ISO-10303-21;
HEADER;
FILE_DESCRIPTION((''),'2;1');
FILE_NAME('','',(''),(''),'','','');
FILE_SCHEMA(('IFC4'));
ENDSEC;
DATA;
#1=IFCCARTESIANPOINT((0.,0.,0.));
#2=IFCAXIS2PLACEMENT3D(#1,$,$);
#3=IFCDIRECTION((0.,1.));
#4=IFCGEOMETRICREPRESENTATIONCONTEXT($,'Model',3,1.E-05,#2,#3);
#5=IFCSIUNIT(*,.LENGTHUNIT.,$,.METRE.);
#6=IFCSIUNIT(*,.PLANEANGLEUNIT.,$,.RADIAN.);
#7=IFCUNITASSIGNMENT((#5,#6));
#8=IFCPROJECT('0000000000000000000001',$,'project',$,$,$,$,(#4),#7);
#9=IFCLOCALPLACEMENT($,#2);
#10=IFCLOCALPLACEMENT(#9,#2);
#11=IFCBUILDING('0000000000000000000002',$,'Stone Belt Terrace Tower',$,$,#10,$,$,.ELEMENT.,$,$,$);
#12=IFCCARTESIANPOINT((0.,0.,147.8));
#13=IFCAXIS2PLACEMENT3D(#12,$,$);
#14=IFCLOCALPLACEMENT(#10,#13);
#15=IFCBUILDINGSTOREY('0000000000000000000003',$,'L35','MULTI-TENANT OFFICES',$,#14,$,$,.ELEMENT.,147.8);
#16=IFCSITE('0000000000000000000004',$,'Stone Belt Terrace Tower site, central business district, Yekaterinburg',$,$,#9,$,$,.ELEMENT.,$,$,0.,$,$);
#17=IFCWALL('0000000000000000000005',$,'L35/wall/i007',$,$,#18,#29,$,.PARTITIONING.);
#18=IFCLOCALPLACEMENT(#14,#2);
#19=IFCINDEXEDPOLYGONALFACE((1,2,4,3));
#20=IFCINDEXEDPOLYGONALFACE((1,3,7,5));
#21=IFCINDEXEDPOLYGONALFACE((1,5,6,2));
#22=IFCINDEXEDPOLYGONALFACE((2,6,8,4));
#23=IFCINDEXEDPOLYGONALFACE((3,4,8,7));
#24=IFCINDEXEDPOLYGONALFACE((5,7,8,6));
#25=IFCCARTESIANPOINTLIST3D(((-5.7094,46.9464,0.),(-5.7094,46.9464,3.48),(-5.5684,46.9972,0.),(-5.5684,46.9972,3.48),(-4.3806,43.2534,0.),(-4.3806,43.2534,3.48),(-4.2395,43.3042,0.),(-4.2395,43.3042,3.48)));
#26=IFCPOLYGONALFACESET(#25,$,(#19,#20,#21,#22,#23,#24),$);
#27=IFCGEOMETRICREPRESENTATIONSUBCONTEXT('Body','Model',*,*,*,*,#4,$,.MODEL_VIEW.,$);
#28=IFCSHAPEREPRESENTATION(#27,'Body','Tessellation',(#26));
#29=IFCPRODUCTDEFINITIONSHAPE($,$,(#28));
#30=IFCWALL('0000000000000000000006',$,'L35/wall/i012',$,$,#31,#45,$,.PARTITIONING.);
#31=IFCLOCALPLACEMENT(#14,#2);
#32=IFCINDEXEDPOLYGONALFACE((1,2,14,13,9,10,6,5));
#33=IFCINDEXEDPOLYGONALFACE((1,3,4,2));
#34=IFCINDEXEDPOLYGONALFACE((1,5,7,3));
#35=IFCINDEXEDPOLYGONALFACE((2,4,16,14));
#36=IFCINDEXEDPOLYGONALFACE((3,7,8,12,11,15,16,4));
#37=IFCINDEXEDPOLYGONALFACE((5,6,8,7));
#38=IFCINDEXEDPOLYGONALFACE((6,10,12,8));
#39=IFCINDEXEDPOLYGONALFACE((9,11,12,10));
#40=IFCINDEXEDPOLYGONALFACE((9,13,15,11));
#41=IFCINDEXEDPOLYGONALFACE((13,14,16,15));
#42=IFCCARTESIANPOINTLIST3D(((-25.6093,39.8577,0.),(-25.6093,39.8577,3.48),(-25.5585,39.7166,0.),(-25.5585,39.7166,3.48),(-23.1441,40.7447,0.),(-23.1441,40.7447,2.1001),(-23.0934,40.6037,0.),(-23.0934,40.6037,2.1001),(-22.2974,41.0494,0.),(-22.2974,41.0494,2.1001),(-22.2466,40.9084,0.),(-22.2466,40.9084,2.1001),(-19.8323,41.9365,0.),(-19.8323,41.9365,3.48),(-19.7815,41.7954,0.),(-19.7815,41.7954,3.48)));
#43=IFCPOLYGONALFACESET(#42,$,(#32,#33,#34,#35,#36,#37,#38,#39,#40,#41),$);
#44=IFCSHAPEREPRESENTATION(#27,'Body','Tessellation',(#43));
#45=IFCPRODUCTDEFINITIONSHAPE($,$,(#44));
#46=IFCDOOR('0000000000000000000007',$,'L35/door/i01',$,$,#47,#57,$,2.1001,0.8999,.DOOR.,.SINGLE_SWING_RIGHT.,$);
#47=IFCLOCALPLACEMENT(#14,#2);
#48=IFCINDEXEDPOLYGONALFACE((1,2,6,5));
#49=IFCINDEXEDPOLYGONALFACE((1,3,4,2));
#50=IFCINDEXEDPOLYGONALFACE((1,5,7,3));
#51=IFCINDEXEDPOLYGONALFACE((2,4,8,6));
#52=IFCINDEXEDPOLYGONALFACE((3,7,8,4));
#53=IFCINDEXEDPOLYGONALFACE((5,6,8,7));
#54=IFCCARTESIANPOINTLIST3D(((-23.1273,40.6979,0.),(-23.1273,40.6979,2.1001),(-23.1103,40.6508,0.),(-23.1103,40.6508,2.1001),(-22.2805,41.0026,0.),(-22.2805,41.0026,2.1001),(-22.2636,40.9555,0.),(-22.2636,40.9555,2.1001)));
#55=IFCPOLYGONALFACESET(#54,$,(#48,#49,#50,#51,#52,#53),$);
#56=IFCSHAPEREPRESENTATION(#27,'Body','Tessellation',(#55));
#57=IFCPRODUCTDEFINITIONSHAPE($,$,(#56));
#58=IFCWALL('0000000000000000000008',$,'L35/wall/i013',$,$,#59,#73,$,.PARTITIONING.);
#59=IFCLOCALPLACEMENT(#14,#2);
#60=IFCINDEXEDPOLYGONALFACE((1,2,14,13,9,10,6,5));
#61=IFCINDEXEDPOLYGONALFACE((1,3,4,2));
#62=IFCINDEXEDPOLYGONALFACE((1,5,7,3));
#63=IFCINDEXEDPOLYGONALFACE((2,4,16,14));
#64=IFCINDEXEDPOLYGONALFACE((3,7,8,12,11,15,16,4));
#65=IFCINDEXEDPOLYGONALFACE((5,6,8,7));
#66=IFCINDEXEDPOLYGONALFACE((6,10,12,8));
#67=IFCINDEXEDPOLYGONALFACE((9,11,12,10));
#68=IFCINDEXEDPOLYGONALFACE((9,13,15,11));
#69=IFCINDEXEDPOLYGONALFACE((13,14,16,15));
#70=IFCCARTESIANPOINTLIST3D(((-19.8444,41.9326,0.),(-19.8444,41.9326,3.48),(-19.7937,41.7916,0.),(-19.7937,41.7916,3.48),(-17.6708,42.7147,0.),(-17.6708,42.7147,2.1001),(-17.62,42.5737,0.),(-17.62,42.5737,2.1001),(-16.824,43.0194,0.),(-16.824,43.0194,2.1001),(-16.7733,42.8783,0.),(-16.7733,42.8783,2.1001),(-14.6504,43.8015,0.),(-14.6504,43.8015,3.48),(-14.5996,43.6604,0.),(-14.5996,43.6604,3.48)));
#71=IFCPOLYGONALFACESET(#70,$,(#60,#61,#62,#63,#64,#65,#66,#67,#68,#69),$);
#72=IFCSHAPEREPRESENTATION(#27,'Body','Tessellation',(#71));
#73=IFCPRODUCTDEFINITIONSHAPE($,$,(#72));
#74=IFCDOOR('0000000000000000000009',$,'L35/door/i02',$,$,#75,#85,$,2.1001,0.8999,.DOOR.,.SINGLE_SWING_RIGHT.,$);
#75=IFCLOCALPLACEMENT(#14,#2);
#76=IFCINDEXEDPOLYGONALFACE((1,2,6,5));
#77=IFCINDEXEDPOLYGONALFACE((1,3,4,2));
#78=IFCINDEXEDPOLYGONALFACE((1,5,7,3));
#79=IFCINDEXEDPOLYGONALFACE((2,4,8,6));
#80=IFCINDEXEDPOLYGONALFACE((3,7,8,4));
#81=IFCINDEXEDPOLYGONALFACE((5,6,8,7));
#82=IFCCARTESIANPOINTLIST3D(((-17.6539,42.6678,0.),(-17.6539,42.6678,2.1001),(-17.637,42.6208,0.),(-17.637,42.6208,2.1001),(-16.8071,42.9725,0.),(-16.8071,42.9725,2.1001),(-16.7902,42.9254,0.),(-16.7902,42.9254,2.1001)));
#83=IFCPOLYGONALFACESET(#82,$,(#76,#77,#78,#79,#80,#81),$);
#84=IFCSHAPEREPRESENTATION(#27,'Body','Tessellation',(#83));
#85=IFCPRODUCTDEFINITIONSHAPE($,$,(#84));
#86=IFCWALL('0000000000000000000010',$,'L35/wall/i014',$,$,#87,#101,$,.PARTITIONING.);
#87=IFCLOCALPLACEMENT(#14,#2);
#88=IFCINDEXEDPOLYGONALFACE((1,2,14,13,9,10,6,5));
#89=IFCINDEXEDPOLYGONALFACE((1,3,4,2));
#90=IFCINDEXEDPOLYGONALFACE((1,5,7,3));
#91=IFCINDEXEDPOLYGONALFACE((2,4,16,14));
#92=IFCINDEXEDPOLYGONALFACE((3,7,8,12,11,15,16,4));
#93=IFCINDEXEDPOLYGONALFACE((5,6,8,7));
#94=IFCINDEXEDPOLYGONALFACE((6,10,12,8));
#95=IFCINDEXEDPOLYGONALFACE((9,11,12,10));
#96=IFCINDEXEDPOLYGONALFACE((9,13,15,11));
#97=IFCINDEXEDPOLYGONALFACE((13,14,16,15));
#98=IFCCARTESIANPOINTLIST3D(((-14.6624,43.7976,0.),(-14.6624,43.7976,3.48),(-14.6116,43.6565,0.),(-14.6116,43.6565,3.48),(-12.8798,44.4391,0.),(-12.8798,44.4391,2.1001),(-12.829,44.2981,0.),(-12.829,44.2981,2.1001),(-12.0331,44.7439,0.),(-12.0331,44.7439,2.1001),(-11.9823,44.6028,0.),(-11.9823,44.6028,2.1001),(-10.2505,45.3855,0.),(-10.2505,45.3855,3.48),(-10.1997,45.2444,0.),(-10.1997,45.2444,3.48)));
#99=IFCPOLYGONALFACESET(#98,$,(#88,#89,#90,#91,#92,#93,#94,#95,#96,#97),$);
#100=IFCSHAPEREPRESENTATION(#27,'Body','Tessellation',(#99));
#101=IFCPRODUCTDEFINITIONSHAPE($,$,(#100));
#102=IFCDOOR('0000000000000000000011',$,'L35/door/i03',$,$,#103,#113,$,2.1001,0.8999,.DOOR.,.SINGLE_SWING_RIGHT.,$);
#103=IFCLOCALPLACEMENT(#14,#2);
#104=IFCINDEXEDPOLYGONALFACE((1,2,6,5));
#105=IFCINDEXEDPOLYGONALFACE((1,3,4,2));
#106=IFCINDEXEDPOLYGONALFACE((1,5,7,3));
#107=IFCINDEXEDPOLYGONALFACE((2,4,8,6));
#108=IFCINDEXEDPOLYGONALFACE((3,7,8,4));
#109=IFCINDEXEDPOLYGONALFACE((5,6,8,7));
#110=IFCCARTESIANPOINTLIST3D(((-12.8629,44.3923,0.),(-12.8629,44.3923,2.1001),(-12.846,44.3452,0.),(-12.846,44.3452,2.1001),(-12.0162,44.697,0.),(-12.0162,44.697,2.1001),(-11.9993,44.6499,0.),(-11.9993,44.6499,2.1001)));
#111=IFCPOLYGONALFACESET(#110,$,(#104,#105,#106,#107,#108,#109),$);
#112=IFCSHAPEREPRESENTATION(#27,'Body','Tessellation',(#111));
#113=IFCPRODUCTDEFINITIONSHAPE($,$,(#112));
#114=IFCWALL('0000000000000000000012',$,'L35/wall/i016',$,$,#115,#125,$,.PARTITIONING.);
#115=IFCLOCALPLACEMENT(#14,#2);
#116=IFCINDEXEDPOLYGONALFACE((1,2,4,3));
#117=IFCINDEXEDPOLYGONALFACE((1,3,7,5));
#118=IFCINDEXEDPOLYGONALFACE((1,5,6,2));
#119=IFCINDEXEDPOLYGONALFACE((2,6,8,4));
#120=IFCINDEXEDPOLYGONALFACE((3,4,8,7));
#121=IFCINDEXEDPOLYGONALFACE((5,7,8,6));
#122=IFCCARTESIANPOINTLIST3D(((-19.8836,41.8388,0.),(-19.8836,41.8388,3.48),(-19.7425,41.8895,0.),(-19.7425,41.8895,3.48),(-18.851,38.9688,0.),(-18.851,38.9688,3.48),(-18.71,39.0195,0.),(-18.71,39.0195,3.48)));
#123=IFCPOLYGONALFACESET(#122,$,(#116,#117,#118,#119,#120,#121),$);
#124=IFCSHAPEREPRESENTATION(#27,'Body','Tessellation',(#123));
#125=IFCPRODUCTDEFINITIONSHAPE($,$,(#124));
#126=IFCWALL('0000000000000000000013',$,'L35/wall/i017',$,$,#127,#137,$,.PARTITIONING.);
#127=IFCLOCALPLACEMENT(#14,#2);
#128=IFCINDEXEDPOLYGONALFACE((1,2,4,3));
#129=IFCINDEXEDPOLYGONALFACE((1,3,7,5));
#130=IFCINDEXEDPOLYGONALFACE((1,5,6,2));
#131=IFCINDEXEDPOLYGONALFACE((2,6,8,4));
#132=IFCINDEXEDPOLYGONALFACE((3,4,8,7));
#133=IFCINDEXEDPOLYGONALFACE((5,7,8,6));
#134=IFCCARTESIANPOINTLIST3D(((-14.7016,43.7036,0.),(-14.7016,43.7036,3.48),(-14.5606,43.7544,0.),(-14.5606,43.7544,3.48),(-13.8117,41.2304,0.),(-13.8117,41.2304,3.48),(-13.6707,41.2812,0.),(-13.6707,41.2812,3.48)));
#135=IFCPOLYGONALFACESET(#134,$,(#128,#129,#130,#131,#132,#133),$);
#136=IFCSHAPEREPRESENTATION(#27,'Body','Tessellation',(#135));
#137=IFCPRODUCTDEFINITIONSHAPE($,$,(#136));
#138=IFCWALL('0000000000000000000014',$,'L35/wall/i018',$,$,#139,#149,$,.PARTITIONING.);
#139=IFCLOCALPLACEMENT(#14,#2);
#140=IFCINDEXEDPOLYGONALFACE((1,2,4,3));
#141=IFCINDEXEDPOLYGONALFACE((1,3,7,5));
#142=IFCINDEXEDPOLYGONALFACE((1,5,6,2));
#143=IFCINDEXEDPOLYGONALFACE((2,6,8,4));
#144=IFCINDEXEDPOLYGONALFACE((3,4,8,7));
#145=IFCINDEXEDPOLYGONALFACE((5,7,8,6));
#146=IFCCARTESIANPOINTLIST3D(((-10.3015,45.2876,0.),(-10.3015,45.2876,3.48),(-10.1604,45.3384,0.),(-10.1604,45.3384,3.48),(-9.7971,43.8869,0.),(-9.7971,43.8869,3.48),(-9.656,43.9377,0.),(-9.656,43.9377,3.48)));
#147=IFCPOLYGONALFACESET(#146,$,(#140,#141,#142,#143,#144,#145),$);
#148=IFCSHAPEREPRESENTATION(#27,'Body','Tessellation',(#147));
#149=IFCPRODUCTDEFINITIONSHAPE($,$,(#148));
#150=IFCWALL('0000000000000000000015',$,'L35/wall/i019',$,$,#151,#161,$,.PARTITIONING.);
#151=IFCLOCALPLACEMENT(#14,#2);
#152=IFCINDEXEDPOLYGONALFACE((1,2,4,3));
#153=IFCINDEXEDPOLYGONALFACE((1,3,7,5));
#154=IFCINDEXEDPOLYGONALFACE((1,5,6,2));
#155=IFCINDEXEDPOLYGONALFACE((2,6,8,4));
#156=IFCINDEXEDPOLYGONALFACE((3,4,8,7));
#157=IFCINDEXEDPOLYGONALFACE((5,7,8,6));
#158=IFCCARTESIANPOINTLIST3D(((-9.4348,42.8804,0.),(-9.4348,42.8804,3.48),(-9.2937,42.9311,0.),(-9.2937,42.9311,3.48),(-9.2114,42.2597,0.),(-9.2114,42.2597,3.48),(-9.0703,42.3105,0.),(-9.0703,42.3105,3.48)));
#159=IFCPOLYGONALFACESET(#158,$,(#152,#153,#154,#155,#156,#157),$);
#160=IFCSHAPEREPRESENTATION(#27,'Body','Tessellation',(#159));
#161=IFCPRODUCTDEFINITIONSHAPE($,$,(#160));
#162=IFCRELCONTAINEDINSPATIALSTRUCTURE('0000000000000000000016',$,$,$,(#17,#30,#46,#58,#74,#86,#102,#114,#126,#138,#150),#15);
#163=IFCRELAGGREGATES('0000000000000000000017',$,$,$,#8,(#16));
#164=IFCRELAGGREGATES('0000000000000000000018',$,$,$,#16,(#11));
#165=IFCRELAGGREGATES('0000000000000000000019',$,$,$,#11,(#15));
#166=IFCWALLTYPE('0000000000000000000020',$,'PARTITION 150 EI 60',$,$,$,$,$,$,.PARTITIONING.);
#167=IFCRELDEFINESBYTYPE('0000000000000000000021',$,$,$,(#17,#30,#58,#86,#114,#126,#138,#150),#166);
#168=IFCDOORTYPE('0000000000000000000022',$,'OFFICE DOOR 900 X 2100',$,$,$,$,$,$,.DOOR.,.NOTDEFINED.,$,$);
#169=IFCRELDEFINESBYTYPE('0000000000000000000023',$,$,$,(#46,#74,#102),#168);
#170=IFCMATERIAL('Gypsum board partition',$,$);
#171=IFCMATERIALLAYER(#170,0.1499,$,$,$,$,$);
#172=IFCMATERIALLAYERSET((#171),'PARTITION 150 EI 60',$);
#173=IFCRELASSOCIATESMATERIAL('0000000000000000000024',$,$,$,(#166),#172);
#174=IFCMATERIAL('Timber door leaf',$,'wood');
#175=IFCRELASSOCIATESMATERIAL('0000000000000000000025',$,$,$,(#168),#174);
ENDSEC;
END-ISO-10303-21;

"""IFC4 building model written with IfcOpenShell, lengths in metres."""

from ifc_helpers import new_model, si_unit, direction, frame, frame_2d, origin, place, context, subcontext, project, spatial, rectangle, extrude, material, layer, layer_set, type_object, element, fill, save


model = new_model("IFC4")

# Units and contexts
model_context = context("Model", 3, precision=1e-05, world=origin(), true_north=direction((0.0, 1.0)))
body_context = subcontext(model_context, "Body", "Model", "MODEL_VIEW")
ifc_project = project(units=[si_unit("LENGTHUNIT", "METRE"), si_unit("PLANEANGLEUNIT", "RADIAN")], contexts=[model_context])

# Site, building, storey
site_placement = place(None, origin())
site = spatial("IfcSite", under=ifc_project, at=site_placement, Name="Stone Belt Terrace Tower site, central business district, Yekaterinburg", CompositionType="ELEMENT", RefElevation=0.0)
building_placement = place(site_placement, origin())
building = spatial("IfcBuilding", under=site, at=building_placement, Name="Stone Belt Terrace Tower", CompositionType="ELEMENT")
storey_placement = place(building_placement, frame((0.0, 0.0, 147.8)))
storey = spatial("IfcBuildingStorey", under=building, at=storey_placement, Name="L35", Description="MULTI-TENANT OFFICES", CompositionType="ELEMENT", Elevation=147.8)

# Shared definitions
ifc_material_1 = material(Name="Timber door leaf", Category="wood")

# Wall
ifc_material_2 = material(Name="Gypsum board partition")
ifc_layer_1 = layer(ifc_material_2, 0.1499)
ifc_layer_set_1 = layer_set([ifc_layer_1], Name="PARTITION 150 EI 60")
wall_type_1 = type_object("IfcWallType", Name="PARTITION 150 EI 60", PredefinedType="PARTITIONING", material=ifc_layer_set_1)
wall_1_placement = place(storey_placement, frame((-4.3101, 43.2788, 0.0), z_axis=(0.0, 0.0, 1.0), x_axis=(-0.33857, 0.940941, 0.0)))
element("IfcWall", 1, at=wall_1_placement, inside=storey, type_object=wall_type_1, Name="L35/wall/i007", PredefinedType="PARTITIONING", context=body_context, shape_type="SweptSolid", body=[
    extrude(rectangle(XDim=3.9248, YDim=0.1499, at=frame_2d((1.9624, 0.0))), origin(), (0.0, 0.0, 1.0), 3.48),
])

# Walls, openings, doors
wall_2_placement = place(storey_placement, frame((-19.8069, 41.866, 0.0), z_axis=(0.0, 0.0, 1.0), x_axis=(-0.940934, -0.33859, 0.0)))
wall_2 = element("IfcWall", 2, at=wall_2_placement, inside=storey, type_object=wall_type_1, Name="L35/wall/i012", PredefinedType="PARTITIONING", context=body_context, shape_type="SweptSolid", body=[
    extrude(rectangle(XDim=6.1396, YDim=0.1499, at=frame_2d((3.0698, 0.0))), origin(), (0.0, 0.0, 1.0), 3.48),
])
opening_1_placement = place(wall_2_placement, frame((2.6199, 0.0, 0.0)))
opening_1 = element("IfcOpeningElement", 3, at=opening_1_placement, cuts=wall_2, PredefinedType="OPENING", context=body_context, shape_type="SweptSolid", body=[
    extrude(rectangle(XDim=0.8999, YDim=2.1001, at=frame_2d((0.45, 1.05))), frame((0.0, 0.085, 0.0), z_axis=(0.0, -1.0, 0.0), x_axis=(1.0, 0.0, 0.0)), (0.0, 0.0, 1.0), 0.1699),
])
door_type_1 = type_object("IfcDoorType", Name="OFFICE DOOR 900 X 2100", OperationType="NOTDEFINED", PredefinedType="DOOR", material=ifc_material_1)
door_1_placement = place(opening_1_placement, origin())
door_1 = element("IfcDoor", 4, at=door_1_placement, inside=storey, type_object=door_type_1, Name="L35/door/i01", OperationType="SINGLE_SWING_RIGHT", OverallHeight=2.1001, OverallWidth=0.8999, PredefinedType="DOOR", context=body_context, shape_type="SweptSolid", body=[
    extrude(rectangle(XDim=0.8999, YDim=2.1001, at=frame_2d((0.45, 1.05))), frame((0.0, 0.0249, 0.0), z_axis=(0.0, -1.0, 0.0), x_axis=(1.0, 0.0, 0.0)), (0.0, 0.0, 1.0), 0.05),
])
fill(opening_1, door_1)
wall_3_placement = place(storey_placement, frame((-14.625, 43.731, 0.0), z_axis=(0.0, 0.0, 1.0), x_axis=(-0.940944, -0.338563, 0.0)))
wall_3 = element("IfcWall", 5, at=wall_3_placement, inside=storey, type_object=wall_type_1, Name="L35/wall/i013", PredefinedType="PARTITIONING", context=body_context, shape_type="SweptSolid", body=[
    extrude(rectangle(XDim=5.52, YDim=0.1499, at=frame_2d((2.76, 0.0))), origin(), (0.0, 0.0, 1.0), 3.48),
])
opening_2_placement = place(wall_3_placement, frame((2.3101, 0.0, 0.0)))
opening_2 = element("IfcOpeningElement", 6, at=opening_2_placement, cuts=wall_3, PredefinedType="OPENING", context=body_context, shape_type="SweptSolid", body=[
    extrude(rectangle(XDim=0.8999, YDim=2.1001, at=frame_2d((0.45, 1.05))), frame((0.0, 0.085, 0.0), z_axis=(0.0, -1.0, 0.0), x_axis=(1.0, 0.0, 0.0)), (0.0, 0.0, 1.0), 0.1699),
])
door_2_placement = place(opening_2_placement, origin())
door_2 = element("IfcDoor", 7, at=door_2_placement, inside=storey, type_object=door_type_1, Name="L35/door/i02", OperationType="SINGLE_SWING_RIGHT", OverallHeight=2.1001, OverallWidth=0.8999, PredefinedType="DOOR", context=body_context, shape_type="SweptSolid", body=[
    extrude(rectangle(XDim=0.8999, YDim=2.1001, at=frame_2d((0.45, 1.05))), frame((0.0, 0.0249, 0.0), z_axis=(0.0, -1.0, 0.0), x_axis=(1.0, 0.0, 0.0)), (0.0, 0.0, 1.0), 0.05),
])
fill(opening_2, door_2)
wall_4_placement = place(storey_placement, frame((-10.2251, 45.3149, 0.0), z_axis=(0.0, 0.0, 1.0), x_axis=(-0.940913, -0.338648, 0.0)))
wall_4 = element("IfcWall", 8, at=wall_4_placement, inside=storey, type_object=wall_type_1, Name="L35/wall/i014", PredefinedType="PARTITIONING", context=body_context, shape_type="SweptSolid", body=[
    extrude(rectangle(XDim=4.689, YDim=0.1499, at=frame_2d((2.3445, 0.0))), origin(), (0.0, 0.0, 1.0), 3.48),
])
opening_3_placement = place(wall_4_placement, frame((1.8945, 0.0, 0.0)))
opening_3 = element("IfcOpeningElement", 9, at=opening_3_placement, cuts=wall_4, PredefinedType="OPENING", context=body_context, shape_type="SweptSolid", body=[
    extrude(rectangle(XDim=0.8999, YDim=2.1001, at=frame_2d((0.45, 1.05))), frame((0.0, 0.085, 0.0), z_axis=(0.0, -1.0, 0.0), x_axis=(1.0, 0.0, 0.0)), (0.0, 0.0, 1.0), 0.1699),
])
door_3_placement = place(opening_3_placement, origin())
door_3 = element("IfcDoor", 10, at=door_3_placement, inside=storey, type_object=door_type_1, Name="L35/door/i03", OperationType="SINGLE_SWING_RIGHT", OverallHeight=2.1001, OverallWidth=0.8999, PredefinedType="DOOR", context=body_context, shape_type="SweptSolid", body=[
    extrude(rectangle(XDim=0.8999, YDim=2.1001, at=frame_2d((0.45, 1.05))), frame((0.0, 0.0249, 0.0), z_axis=(0.0, -1.0, 0.0), x_axis=(1.0, 0.0, 0.0)), (0.0, 0.0, 1.0), 0.05),
])
fill(opening_3, door_3)

# Walls
wall_5_placement = place(storey_placement, frame((-19.813, 41.864, 0.0), z_axis=(0.0, 0.0, 1.0), x_axis=(0.338521, -0.940959, 0.0)))
element("IfcWall", 11, at=wall_5_placement, inside=storey, type_object=wall_type_1, Name="L35/wall/i016", PredefinedType="PARTITIONING", context=body_context, shape_type="SweptSolid", body=[
    extrude(rectangle(XDim=3.05, YDim=0.1499, at=frame_2d((1.5249, 0.0))), origin(), (0.0, 0.0, 1.0), 3.48),
])
wall_6_placement = place(storey_placement, frame((-14.6311, 43.729, 0.0), z_axis=(0.0, 0.0, 1.0), x_axis=(0.338571, -0.940941, 0.0)))
element("IfcWall", 12, at=wall_6_placement, inside=storey, type_object=wall_type_1, Name="L35/wall/i017", PredefinedType="PARTITIONING", context=body_context, shape_type="SweptSolid", body=[
    extrude(rectangle(XDim=2.6284, YDim=0.1499, at=frame_2d((1.3142, 0.0))), origin(), (0.0, 0.0, 1.0), 3.48),
])
wall_7_placement = place(storey_placement, frame((-10.231, 45.313, 0.0), z_axis=(0.0, 0.0, 1.0), x_axis=(0.338818, -0.940852, 0.0)))
element("IfcWall", 13, at=wall_7_placement, inside=storey, type_object=wall_type_1, Name="L35/wall/i018", PredefinedType="PARTITIONING", context=body_context, shape_type="SweptSolid", body=[
    extrude(rectangle(XDim=1.4888, YDim=0.1499, at=frame_2d((0.7444, 0.0))), origin(), (0.0, 0.0, 1.0), 3.48),
])
wall_8_placement = place(storey_placement, frame((-9.3643, 42.9058, 0.0), z_axis=(0.0, 0.0, 1.0), x_axis=(0.33868, -0.940902, 0.0)))
element("IfcWall", 14, at=wall_8_placement, inside=storey, type_object=wall_type_1, Name="L35/wall/i019", PredefinedType="PARTITIONING", context=body_context, shape_type="SweptSolid", body=[
    extrude(rectangle(XDim=0.6597, YDim=0.1499, at=frame_2d((0.3298, 0.0))), origin(), (0.0, 0.0, 1.0), 3.48),
])

save(model, "model.ifc")
